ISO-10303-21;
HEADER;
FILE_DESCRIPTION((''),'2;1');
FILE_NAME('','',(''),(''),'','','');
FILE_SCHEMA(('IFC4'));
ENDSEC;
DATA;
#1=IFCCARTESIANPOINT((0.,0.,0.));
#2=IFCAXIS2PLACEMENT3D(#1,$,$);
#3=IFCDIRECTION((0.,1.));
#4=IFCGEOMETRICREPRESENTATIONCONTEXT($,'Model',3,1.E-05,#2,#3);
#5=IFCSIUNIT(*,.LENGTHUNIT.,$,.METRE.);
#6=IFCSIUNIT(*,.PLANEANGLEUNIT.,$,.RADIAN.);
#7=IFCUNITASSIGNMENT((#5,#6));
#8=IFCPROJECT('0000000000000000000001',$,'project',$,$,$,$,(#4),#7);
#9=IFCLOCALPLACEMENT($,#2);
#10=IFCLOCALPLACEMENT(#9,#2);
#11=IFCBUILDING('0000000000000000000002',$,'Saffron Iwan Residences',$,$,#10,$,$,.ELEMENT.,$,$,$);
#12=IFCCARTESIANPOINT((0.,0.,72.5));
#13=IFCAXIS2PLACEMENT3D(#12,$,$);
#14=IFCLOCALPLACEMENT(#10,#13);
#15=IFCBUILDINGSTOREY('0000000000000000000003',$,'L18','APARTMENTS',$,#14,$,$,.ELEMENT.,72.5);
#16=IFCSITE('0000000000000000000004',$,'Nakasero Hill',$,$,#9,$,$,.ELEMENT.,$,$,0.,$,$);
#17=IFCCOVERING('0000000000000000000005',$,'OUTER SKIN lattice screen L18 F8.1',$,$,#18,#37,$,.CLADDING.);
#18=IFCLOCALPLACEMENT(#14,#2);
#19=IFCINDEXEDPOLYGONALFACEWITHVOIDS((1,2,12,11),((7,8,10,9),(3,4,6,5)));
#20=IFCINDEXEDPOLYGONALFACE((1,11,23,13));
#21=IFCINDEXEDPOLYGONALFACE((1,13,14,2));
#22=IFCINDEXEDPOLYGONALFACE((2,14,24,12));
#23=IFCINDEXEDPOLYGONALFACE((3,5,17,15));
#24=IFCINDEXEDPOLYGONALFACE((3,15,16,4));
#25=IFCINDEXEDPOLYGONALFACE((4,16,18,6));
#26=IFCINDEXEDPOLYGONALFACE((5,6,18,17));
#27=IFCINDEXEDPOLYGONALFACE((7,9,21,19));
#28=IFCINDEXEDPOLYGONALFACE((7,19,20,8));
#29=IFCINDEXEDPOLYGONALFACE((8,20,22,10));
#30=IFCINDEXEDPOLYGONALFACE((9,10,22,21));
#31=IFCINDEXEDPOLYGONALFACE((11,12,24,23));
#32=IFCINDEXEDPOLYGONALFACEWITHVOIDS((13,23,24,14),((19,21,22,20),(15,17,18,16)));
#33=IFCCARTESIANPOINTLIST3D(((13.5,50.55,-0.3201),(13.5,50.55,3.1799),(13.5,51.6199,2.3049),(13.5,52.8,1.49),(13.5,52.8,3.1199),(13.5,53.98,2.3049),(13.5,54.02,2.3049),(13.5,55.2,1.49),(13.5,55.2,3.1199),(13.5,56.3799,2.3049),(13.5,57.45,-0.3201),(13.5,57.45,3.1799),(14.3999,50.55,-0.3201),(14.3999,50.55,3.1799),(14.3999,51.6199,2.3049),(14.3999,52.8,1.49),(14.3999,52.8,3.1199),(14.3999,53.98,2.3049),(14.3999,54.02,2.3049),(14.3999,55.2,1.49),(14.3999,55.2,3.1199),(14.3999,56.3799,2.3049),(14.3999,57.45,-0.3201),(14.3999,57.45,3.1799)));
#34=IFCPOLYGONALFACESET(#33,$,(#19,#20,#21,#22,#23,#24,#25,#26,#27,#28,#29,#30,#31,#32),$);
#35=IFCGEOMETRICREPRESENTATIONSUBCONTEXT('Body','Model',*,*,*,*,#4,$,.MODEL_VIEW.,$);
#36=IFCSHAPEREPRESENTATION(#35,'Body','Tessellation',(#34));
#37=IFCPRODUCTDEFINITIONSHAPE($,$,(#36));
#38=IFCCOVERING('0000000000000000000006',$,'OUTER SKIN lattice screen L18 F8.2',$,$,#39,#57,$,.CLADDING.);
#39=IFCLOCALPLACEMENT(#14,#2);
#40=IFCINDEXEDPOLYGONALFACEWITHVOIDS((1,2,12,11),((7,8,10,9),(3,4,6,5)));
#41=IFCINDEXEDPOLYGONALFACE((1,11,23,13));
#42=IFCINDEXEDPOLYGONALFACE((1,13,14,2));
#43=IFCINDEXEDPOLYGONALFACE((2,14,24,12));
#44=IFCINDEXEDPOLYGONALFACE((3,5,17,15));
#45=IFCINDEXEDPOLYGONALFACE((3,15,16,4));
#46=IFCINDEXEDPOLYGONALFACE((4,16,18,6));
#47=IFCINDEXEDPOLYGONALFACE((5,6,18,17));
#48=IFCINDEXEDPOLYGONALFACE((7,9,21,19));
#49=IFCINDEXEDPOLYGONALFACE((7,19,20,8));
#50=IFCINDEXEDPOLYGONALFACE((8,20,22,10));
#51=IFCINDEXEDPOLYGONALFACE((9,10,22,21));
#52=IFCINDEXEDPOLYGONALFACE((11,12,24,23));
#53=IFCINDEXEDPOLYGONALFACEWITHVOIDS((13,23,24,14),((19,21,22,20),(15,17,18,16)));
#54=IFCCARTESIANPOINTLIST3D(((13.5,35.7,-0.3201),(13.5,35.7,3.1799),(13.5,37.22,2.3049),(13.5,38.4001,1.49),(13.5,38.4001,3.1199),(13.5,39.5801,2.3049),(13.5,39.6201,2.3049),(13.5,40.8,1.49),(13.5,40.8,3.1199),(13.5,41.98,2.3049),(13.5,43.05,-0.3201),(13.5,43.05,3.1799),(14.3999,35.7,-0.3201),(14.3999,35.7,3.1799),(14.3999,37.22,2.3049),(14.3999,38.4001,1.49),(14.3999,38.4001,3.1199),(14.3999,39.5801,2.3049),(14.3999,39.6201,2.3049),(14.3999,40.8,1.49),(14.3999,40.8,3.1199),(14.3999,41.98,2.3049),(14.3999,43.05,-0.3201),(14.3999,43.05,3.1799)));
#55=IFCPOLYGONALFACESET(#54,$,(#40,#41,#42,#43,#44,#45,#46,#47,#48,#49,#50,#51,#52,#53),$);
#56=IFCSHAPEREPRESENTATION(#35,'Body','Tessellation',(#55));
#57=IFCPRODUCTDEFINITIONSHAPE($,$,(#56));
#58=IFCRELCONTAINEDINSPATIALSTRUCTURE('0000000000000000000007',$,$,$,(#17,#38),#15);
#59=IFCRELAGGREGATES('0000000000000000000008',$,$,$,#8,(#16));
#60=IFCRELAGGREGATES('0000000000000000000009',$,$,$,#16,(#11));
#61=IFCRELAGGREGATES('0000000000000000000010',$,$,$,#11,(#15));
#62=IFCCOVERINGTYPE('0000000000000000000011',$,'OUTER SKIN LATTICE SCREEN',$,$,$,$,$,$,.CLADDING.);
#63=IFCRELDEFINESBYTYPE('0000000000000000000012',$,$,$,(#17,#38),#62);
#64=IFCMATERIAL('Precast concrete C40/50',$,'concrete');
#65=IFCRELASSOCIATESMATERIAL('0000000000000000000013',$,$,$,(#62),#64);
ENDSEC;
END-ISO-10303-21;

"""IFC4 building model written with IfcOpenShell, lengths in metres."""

from ifc_helpers import new_model, si_unit, direction, frame, origin, place, context, subcontext, project, spatial, polyline, outline, extrude, material, type_object, element, save


model = new_model("IFC4")

# Units and contexts
model_context = context("Model", 3, precision=1e-05, world=origin(), true_north=direction((0.0, 1.0)))
body_context = subcontext(model_context, "Body", "Model", "MODEL_VIEW")
ifc_project = project(units=[si_unit("LENGTHUNIT", "METRE"), si_unit("PLANEANGLEUNIT", "RADIAN")], contexts=[model_context])

# Site, building, storey
site_placement = place(None, origin())
site = spatial("IfcSite", under=ifc_project, at=site_placement, Name="Nakasero Hill", CompositionType="ELEMENT", RefElevation=0.0)
building_placement = place(site_placement, origin())
building = spatial("IfcBuilding", under=site, at=building_placement, Name="Saffron Iwan Residences", CompositionType="ELEMENT")
storey_placement = place(building_placement, frame((0.0, 0.0, 72.5)))
storey = spatial("IfcBuildingStorey", under=building, at=storey_placement, Name="L18", Description="APARTMENTS", CompositionType="ELEMENT", Elevation=72.5)

# Coverings
ifc_material_1 = material(Name="Precast concrete C40/50", Category="concrete")
covering_type = type_object("IfcCoveringType", Name="OUTER SKIN LATTICE SCREEN", PredefinedType="CLADDING", material=ifc_material_1)
covering_1_placement = place(storey_placement, frame((14.3999, 57.45, -0.3201), z_axis=(-1.0, 0.0, 0.0), x_axis=(0.0, -1.0, 0.0)))
element("IfcCovering", 1, at=covering_1_placement, inside=storey, type_object=covering_type, Name="OUTER SKIN lattice screen L18 F8.1", PredefinedType="CLADDING", context=body_context, shape_type="SweptSolid", body=[
    extrude(outline(polyline([(0.0, 0.0), (6.8999, 0.0), (6.8999, 3.5), (0.0, 3.5), (0.0, 0.0)]), holes=[polyline([(1.0701, 2.625), (2.25, 1.8101), (3.4299, 2.625), (2.25, 3.4399), (1.0701, 2.625)]), polyline([(3.47, 2.625), (4.6499, 1.8101), (5.8301, 2.625), (4.6499, 3.4399), (3.47, 2.625)])]), origin(), (0.0, 0.0, 1.0), 0.8999),
])
covering_2_placement = place(storey_placement, frame((14.3999, 43.05, -0.3201), z_axis=(-1.0, 0.0, 0.0), x_axis=(0.0, -1.0, 0.0)))
element("IfcCovering", 2, at=covering_2_placement, inside=storey, type_object=covering_type, Name="OUTER SKIN lattice screen L18 F8.2", PredefinedType="CLADDING", context=body_context, shape_type="SweptSolid", body=[
    extrude(outline(polyline([(0.0, 0.0), (7.3501, 0.0), (7.3501, 3.5), (0.0, 3.5), (0.0, 0.0)]), holes=[polyline([(1.0701, 2.625), (2.25, 1.8101), (3.4299, 2.625), (2.25, 3.4399), (1.0701, 2.625)]), polyline([(3.47, 2.625), (4.6499, 1.8101), (5.8301, 2.625), (4.6499, 3.4399), (3.47, 2.625)])]), origin(), (0.0, 0.0, 1.0), 0.8999),
])

save(model, "model.ifc")
